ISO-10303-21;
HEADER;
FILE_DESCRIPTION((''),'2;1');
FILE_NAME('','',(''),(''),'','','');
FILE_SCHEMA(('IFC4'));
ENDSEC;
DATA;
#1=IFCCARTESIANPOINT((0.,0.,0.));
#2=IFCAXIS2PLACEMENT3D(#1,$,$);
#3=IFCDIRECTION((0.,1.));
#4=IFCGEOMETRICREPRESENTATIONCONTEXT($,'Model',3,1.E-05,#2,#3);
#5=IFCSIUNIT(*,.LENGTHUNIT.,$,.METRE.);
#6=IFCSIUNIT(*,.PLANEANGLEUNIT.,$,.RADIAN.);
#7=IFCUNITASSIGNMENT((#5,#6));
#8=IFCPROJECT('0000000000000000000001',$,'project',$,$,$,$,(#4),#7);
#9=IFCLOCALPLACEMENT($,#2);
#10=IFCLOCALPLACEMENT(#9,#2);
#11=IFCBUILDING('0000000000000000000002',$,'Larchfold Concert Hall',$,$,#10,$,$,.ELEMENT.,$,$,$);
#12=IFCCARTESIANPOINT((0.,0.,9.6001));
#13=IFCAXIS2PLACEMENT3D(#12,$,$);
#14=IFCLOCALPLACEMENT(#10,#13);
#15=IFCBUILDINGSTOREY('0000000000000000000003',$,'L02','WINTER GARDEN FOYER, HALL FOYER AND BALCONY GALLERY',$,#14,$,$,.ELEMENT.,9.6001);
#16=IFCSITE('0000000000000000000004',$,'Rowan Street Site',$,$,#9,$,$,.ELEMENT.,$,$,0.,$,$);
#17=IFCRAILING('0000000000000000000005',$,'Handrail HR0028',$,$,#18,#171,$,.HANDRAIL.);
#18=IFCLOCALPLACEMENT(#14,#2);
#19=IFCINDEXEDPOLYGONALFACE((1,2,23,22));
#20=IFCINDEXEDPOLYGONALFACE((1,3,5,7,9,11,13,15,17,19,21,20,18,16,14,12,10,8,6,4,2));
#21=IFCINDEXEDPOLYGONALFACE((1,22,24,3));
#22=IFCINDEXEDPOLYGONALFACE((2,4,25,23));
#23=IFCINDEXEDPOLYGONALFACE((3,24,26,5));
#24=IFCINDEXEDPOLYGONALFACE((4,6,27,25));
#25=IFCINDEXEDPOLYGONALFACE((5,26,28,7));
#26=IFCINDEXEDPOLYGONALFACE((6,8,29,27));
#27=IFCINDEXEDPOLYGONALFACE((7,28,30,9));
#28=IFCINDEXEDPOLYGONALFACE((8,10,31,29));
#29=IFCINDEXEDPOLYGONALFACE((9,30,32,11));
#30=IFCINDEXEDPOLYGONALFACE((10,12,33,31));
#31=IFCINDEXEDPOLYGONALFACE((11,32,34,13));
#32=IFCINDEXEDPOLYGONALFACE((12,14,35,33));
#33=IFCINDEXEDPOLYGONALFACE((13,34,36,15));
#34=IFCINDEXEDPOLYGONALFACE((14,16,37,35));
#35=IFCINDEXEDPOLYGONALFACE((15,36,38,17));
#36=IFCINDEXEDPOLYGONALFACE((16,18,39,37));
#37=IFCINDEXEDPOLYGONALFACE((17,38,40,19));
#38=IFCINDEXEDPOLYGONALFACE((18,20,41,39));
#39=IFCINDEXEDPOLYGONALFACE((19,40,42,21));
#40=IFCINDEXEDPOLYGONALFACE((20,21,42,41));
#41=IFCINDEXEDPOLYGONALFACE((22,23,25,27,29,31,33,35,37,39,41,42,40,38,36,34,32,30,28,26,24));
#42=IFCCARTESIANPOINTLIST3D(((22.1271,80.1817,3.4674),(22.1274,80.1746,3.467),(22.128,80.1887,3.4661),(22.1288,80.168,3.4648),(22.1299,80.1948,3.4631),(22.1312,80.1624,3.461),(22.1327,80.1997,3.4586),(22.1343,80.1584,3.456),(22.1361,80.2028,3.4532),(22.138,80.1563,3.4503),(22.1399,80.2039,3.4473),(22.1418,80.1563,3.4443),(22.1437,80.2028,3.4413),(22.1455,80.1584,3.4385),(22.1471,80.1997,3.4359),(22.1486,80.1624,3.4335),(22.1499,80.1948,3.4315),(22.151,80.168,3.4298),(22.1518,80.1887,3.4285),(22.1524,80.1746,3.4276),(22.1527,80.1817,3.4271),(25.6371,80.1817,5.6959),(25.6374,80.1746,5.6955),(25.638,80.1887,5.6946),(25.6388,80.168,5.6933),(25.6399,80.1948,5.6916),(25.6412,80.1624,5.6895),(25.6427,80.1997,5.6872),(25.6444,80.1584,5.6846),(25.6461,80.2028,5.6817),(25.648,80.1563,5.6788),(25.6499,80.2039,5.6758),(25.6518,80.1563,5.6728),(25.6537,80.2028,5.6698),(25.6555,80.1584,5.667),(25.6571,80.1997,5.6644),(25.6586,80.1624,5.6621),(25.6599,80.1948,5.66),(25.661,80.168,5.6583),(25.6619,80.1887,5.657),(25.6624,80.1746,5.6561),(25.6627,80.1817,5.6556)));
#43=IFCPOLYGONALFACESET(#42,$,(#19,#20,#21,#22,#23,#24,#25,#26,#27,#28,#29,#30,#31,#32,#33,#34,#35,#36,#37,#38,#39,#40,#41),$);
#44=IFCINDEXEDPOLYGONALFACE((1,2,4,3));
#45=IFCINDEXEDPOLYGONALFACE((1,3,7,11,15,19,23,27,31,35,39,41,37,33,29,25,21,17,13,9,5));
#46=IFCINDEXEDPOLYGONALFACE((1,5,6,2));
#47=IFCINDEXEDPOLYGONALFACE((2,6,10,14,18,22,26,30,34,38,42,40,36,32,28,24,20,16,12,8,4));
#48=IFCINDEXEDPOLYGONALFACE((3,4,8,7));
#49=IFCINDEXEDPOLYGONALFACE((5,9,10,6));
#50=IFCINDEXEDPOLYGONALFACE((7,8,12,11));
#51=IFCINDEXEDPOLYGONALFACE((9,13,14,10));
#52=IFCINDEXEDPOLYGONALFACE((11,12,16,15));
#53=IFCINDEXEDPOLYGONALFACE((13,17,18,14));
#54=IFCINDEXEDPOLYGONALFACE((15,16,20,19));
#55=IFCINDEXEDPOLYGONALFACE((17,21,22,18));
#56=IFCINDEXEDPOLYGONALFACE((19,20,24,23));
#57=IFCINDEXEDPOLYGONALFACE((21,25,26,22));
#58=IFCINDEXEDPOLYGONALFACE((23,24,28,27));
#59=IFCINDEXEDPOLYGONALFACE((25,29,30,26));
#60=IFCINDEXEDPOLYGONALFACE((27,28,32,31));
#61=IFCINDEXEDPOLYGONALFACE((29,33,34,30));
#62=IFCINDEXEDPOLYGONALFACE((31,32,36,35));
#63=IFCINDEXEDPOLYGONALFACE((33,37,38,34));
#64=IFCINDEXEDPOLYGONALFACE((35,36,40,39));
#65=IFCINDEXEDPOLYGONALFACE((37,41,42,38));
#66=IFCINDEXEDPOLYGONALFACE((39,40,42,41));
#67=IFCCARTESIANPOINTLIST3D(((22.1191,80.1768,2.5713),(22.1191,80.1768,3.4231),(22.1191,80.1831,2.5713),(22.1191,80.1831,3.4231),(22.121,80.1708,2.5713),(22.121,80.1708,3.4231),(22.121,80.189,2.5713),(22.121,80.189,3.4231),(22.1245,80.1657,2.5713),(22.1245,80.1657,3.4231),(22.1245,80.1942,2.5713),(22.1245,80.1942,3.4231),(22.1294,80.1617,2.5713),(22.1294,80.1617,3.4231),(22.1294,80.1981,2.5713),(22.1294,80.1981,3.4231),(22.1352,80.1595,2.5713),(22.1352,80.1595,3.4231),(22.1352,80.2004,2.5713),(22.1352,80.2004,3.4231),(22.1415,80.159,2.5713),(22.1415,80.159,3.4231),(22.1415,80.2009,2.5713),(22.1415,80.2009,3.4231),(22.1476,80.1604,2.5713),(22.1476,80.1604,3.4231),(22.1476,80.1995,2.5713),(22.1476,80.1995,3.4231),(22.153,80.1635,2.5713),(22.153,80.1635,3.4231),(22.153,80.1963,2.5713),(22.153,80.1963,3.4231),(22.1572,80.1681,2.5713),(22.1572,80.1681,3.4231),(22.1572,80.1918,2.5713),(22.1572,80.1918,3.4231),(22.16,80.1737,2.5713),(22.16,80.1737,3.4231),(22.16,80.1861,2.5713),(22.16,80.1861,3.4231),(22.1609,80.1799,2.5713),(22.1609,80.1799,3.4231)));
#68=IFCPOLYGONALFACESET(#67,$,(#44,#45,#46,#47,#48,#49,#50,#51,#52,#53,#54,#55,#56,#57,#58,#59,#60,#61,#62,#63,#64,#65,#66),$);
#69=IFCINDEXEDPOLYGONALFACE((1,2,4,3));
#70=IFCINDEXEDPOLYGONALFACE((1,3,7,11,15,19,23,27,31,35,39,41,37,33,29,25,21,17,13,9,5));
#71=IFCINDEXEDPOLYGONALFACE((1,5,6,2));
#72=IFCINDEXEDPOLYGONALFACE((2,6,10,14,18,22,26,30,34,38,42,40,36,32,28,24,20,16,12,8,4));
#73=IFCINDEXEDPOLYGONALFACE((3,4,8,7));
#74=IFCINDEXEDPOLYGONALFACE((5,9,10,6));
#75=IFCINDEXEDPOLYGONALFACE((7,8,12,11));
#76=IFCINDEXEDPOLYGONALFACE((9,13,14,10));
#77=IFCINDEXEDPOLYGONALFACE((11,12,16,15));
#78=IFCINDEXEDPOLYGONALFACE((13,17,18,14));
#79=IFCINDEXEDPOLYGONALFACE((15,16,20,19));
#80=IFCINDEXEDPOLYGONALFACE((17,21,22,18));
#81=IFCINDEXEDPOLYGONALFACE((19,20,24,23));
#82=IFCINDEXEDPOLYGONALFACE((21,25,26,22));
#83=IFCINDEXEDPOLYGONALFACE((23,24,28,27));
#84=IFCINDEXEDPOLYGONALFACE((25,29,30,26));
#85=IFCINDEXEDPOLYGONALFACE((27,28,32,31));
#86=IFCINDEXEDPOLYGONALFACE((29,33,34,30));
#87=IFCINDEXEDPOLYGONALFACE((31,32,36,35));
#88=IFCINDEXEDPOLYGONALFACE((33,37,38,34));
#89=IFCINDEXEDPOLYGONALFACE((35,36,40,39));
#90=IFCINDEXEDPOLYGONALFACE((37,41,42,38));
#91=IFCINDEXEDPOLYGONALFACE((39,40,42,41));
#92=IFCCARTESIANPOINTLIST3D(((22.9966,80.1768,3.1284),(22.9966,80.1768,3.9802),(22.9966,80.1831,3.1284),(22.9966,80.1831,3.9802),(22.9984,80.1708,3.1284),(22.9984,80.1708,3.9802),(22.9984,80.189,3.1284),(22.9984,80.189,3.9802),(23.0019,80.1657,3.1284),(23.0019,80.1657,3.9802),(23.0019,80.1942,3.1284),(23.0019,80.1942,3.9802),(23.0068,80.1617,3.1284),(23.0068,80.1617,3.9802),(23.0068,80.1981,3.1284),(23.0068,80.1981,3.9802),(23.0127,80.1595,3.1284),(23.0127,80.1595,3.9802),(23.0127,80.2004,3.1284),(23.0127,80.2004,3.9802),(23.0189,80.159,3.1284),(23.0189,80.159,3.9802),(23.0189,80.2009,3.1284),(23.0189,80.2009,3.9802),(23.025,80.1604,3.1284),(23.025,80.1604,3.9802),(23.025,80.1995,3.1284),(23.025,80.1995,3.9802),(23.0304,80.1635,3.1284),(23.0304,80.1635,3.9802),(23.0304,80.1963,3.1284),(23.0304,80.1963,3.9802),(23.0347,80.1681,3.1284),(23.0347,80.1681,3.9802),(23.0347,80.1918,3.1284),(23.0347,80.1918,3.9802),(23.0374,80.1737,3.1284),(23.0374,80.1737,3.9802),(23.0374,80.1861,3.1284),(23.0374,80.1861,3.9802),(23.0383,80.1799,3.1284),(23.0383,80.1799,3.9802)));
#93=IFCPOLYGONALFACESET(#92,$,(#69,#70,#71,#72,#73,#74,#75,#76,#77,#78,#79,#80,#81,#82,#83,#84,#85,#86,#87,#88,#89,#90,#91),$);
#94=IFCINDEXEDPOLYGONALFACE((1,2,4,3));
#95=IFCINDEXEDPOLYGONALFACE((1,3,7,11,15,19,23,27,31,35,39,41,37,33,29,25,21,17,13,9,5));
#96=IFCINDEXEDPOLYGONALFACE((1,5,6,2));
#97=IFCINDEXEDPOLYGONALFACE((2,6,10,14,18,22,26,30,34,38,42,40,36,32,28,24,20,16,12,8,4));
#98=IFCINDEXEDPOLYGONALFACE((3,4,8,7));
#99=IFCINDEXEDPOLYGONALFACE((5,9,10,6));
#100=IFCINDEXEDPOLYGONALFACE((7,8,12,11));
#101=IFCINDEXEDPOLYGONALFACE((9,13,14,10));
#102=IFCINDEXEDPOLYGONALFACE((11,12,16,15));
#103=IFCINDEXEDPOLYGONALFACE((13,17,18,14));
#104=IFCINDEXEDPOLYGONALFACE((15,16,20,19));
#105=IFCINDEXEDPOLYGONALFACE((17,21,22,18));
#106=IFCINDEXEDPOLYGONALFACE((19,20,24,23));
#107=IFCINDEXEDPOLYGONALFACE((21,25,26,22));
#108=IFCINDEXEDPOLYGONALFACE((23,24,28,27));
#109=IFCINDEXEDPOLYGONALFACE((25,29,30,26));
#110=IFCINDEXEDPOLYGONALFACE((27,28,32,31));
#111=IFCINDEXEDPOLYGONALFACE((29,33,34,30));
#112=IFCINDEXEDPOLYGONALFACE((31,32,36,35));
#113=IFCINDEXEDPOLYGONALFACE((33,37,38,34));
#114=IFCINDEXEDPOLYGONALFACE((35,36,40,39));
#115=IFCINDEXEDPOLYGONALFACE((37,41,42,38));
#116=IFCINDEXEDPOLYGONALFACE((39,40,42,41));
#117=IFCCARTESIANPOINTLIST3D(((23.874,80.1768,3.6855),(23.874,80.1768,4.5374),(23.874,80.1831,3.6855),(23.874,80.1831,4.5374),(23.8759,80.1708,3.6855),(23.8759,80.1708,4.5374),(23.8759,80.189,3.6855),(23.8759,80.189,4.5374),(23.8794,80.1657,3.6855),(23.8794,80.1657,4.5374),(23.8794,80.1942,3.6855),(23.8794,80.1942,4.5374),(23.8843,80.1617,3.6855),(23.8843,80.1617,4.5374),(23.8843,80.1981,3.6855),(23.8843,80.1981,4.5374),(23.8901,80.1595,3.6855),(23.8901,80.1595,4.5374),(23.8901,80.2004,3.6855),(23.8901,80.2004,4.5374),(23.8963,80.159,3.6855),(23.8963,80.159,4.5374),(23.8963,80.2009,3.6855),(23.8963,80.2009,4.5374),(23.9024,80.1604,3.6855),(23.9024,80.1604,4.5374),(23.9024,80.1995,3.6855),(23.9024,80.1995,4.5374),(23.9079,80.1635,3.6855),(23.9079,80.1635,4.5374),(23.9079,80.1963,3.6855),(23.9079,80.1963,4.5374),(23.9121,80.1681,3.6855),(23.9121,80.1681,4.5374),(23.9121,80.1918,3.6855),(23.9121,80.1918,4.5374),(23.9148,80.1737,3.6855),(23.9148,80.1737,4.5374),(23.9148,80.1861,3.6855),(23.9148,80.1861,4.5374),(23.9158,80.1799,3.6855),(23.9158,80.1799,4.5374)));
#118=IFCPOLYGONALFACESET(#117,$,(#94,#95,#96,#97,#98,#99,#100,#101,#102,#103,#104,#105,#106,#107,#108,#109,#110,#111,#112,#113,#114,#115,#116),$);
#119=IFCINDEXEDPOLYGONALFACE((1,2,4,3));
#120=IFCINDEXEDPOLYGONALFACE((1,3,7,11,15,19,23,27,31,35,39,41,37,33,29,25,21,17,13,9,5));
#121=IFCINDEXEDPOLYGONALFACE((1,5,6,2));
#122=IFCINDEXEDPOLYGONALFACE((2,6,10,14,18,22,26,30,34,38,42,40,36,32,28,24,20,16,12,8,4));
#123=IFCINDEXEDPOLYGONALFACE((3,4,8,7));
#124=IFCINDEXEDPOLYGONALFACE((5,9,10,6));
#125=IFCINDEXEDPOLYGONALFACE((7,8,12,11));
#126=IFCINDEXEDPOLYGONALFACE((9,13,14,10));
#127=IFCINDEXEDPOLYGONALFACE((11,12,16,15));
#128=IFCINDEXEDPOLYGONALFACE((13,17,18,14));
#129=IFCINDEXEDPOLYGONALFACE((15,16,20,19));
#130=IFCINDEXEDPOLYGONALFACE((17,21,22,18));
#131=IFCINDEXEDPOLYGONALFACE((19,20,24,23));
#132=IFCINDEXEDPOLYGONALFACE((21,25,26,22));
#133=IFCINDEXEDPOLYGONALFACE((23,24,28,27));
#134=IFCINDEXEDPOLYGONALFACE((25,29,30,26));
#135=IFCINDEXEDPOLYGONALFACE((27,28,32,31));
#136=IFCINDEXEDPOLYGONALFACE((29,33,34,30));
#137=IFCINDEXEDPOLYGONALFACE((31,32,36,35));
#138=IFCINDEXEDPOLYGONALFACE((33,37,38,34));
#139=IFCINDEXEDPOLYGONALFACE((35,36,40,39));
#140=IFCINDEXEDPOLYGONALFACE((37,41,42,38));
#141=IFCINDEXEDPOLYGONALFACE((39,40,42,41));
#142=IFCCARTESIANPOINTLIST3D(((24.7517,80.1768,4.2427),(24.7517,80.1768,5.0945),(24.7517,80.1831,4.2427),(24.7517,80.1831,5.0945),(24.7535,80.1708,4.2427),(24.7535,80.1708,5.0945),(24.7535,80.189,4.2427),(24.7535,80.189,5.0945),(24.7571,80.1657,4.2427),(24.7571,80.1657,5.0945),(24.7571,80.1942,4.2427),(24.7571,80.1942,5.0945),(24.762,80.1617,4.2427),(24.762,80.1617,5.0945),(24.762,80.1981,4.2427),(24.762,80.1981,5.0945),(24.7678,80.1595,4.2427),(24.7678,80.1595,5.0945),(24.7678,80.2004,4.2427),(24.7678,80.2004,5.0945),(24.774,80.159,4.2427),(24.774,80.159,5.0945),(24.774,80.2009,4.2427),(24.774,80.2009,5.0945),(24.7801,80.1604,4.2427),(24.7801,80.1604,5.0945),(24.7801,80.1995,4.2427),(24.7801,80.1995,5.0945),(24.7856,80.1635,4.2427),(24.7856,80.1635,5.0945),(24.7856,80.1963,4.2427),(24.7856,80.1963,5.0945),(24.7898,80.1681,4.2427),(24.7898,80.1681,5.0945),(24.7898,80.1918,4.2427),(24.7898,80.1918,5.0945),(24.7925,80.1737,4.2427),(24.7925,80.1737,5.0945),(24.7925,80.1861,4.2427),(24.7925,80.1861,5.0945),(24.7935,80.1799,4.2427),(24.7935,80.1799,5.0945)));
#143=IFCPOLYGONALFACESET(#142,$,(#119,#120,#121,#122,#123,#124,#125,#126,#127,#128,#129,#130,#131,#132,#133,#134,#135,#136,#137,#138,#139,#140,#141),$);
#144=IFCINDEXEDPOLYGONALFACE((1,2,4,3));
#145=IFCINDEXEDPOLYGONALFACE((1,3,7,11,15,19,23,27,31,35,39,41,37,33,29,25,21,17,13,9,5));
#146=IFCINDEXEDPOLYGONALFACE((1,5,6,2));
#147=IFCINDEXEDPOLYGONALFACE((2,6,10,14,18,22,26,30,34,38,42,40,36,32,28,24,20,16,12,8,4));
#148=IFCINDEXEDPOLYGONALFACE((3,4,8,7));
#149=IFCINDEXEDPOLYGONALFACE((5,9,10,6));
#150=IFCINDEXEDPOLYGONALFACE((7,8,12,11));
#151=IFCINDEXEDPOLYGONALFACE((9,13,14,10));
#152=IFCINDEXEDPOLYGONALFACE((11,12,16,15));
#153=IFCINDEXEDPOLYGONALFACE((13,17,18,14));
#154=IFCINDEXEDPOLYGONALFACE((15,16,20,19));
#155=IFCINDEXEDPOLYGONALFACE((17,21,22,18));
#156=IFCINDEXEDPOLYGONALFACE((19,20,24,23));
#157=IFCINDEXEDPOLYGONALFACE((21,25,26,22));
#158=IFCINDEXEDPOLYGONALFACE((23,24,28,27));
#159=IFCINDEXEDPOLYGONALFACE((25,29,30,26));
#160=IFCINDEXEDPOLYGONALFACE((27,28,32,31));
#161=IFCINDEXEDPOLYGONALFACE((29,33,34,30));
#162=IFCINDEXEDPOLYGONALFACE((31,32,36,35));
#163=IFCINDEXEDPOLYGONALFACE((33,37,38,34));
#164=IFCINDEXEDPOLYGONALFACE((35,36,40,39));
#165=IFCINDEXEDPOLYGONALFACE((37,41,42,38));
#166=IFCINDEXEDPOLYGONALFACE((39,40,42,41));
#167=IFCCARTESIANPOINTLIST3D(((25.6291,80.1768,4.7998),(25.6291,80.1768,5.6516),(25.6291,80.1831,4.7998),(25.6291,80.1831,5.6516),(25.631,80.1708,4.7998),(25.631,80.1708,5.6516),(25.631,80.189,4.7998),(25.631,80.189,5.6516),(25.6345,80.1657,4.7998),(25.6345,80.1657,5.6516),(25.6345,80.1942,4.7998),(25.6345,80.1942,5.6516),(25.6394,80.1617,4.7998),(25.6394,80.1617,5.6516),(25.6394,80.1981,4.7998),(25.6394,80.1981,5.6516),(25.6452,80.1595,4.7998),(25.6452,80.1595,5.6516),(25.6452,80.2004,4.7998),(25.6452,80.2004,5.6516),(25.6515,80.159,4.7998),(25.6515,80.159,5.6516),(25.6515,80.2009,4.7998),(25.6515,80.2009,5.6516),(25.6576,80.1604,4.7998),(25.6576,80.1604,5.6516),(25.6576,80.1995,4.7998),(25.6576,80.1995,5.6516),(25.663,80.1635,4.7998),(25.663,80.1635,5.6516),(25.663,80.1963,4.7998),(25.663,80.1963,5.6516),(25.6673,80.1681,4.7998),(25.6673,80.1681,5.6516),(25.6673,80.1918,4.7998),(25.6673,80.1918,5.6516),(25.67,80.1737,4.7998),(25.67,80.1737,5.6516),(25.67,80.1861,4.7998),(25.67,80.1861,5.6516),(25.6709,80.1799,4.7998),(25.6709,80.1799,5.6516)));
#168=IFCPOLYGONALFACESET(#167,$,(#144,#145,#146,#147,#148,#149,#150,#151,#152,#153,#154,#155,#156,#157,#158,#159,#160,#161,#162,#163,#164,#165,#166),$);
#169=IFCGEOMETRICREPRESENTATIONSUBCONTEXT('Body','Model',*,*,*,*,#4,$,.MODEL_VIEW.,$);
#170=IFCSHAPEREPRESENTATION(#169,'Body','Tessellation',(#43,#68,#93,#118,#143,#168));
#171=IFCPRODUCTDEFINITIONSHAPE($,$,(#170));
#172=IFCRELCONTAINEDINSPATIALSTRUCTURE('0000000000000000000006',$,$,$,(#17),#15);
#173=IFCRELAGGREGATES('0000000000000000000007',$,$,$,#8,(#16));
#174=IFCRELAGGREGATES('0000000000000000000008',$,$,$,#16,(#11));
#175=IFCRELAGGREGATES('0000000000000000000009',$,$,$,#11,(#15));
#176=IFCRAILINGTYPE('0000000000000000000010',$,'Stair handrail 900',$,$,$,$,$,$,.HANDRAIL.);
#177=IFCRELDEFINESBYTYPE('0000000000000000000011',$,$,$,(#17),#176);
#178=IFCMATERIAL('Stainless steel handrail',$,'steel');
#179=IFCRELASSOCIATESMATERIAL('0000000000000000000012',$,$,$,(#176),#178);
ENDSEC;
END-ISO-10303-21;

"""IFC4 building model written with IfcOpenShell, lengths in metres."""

from ifc_helpers import new_model, si_unit, direction, frame, origin, origin_2d, place, context, subcontext, project, spatial, circle, extrude, material, type_object, element, save


model = new_model("IFC4")

# Units and contexts
model_context = context("Model", 3, precision=1e-05, world=origin(), true_north=direction((0.0, 1.0)))
body_context = subcontext(model_context, "Body", "Model", "MODEL_VIEW")
ifc_project = project(units=[si_unit("LENGTHUNIT", "METRE"), si_unit("PLANEANGLEUNIT", "RADIAN")], contexts=[model_context])

# Site, building, storey
site_placement = place(None, origin())
site = spatial("IfcSite", under=ifc_project, at=site_placement, Name="Rowan Street Site", CompositionType="ELEMENT", RefElevation=0.0)
building_placement = place(site_placement, origin())
building = spatial("IfcBuilding", under=site, at=building_placement, Name="Larchfold Concert Hall", CompositionType="ELEMENT")
storey_placement = place(building_placement, frame((0.0, 0.0, 9.6001)))
storey = spatial("IfcBuildingStorey", under=building, at=storey_placement, Name="L02", Description="WINTER GARDEN FOYER, HALL FOYER AND BALCONY GALLERY", CompositionType="ELEMENT", Elevation=9.6001)

# Railing
ifc_material_1 = material(Name="Stainless steel handrail", Category="steel")
railing_type_1 = type_object("IfcRailingType", Name="Stair handrail 900", PredefinedType="HANDRAIL", material=ifc_material_1)
railing_1_placement = place(storey_placement, frame((22.1399, 80.1799, 2.5713)))
element("IfcRailing", 1, at=railing_1_placement, inside=storey, type_object=railing_type_1, Name="Handrail HR0028", PredefinedType="HANDRAIL", context=body_context, shape_type="SweptSolid", body=[
    extrude(circle(Radius=0.0239, at=origin_2d()), frame((0.0, 0.0, 0.876), z_axis=(0.84422, 0.0, 0.535998), x_axis=(0.0, 1.0, 0.0)), (0.0, 0.0, 1.0), 4.1577),
    extrude(circle(Radius=0.021, at=origin_2d()), origin(), (0.0, 0.0, 1.0), 0.8518),
    extrude(circle(Radius=0.021, at=origin_2d()), frame((0.8774, 0.0, 0.5571)), (0.0, 0.0, 1.0), 0.8518),
    extrude(circle(Radius=0.021, at=origin_2d()), frame((1.7549, 0.0, 1.1143)), (0.0, 0.0, 1.0), 0.8518),
    extrude(circle(Radius=0.021, at=origin_2d()), frame((2.6326, 0.0, 1.6714)), (0.0, 0.0, 1.0), 0.8518),
    extrude(circle(Radius=0.021, at=origin_2d()), frame((3.51, 0.0, 2.2285)), (0.0, 0.0, 1.0), 0.8518),
])

save(model, "model.ifc")
